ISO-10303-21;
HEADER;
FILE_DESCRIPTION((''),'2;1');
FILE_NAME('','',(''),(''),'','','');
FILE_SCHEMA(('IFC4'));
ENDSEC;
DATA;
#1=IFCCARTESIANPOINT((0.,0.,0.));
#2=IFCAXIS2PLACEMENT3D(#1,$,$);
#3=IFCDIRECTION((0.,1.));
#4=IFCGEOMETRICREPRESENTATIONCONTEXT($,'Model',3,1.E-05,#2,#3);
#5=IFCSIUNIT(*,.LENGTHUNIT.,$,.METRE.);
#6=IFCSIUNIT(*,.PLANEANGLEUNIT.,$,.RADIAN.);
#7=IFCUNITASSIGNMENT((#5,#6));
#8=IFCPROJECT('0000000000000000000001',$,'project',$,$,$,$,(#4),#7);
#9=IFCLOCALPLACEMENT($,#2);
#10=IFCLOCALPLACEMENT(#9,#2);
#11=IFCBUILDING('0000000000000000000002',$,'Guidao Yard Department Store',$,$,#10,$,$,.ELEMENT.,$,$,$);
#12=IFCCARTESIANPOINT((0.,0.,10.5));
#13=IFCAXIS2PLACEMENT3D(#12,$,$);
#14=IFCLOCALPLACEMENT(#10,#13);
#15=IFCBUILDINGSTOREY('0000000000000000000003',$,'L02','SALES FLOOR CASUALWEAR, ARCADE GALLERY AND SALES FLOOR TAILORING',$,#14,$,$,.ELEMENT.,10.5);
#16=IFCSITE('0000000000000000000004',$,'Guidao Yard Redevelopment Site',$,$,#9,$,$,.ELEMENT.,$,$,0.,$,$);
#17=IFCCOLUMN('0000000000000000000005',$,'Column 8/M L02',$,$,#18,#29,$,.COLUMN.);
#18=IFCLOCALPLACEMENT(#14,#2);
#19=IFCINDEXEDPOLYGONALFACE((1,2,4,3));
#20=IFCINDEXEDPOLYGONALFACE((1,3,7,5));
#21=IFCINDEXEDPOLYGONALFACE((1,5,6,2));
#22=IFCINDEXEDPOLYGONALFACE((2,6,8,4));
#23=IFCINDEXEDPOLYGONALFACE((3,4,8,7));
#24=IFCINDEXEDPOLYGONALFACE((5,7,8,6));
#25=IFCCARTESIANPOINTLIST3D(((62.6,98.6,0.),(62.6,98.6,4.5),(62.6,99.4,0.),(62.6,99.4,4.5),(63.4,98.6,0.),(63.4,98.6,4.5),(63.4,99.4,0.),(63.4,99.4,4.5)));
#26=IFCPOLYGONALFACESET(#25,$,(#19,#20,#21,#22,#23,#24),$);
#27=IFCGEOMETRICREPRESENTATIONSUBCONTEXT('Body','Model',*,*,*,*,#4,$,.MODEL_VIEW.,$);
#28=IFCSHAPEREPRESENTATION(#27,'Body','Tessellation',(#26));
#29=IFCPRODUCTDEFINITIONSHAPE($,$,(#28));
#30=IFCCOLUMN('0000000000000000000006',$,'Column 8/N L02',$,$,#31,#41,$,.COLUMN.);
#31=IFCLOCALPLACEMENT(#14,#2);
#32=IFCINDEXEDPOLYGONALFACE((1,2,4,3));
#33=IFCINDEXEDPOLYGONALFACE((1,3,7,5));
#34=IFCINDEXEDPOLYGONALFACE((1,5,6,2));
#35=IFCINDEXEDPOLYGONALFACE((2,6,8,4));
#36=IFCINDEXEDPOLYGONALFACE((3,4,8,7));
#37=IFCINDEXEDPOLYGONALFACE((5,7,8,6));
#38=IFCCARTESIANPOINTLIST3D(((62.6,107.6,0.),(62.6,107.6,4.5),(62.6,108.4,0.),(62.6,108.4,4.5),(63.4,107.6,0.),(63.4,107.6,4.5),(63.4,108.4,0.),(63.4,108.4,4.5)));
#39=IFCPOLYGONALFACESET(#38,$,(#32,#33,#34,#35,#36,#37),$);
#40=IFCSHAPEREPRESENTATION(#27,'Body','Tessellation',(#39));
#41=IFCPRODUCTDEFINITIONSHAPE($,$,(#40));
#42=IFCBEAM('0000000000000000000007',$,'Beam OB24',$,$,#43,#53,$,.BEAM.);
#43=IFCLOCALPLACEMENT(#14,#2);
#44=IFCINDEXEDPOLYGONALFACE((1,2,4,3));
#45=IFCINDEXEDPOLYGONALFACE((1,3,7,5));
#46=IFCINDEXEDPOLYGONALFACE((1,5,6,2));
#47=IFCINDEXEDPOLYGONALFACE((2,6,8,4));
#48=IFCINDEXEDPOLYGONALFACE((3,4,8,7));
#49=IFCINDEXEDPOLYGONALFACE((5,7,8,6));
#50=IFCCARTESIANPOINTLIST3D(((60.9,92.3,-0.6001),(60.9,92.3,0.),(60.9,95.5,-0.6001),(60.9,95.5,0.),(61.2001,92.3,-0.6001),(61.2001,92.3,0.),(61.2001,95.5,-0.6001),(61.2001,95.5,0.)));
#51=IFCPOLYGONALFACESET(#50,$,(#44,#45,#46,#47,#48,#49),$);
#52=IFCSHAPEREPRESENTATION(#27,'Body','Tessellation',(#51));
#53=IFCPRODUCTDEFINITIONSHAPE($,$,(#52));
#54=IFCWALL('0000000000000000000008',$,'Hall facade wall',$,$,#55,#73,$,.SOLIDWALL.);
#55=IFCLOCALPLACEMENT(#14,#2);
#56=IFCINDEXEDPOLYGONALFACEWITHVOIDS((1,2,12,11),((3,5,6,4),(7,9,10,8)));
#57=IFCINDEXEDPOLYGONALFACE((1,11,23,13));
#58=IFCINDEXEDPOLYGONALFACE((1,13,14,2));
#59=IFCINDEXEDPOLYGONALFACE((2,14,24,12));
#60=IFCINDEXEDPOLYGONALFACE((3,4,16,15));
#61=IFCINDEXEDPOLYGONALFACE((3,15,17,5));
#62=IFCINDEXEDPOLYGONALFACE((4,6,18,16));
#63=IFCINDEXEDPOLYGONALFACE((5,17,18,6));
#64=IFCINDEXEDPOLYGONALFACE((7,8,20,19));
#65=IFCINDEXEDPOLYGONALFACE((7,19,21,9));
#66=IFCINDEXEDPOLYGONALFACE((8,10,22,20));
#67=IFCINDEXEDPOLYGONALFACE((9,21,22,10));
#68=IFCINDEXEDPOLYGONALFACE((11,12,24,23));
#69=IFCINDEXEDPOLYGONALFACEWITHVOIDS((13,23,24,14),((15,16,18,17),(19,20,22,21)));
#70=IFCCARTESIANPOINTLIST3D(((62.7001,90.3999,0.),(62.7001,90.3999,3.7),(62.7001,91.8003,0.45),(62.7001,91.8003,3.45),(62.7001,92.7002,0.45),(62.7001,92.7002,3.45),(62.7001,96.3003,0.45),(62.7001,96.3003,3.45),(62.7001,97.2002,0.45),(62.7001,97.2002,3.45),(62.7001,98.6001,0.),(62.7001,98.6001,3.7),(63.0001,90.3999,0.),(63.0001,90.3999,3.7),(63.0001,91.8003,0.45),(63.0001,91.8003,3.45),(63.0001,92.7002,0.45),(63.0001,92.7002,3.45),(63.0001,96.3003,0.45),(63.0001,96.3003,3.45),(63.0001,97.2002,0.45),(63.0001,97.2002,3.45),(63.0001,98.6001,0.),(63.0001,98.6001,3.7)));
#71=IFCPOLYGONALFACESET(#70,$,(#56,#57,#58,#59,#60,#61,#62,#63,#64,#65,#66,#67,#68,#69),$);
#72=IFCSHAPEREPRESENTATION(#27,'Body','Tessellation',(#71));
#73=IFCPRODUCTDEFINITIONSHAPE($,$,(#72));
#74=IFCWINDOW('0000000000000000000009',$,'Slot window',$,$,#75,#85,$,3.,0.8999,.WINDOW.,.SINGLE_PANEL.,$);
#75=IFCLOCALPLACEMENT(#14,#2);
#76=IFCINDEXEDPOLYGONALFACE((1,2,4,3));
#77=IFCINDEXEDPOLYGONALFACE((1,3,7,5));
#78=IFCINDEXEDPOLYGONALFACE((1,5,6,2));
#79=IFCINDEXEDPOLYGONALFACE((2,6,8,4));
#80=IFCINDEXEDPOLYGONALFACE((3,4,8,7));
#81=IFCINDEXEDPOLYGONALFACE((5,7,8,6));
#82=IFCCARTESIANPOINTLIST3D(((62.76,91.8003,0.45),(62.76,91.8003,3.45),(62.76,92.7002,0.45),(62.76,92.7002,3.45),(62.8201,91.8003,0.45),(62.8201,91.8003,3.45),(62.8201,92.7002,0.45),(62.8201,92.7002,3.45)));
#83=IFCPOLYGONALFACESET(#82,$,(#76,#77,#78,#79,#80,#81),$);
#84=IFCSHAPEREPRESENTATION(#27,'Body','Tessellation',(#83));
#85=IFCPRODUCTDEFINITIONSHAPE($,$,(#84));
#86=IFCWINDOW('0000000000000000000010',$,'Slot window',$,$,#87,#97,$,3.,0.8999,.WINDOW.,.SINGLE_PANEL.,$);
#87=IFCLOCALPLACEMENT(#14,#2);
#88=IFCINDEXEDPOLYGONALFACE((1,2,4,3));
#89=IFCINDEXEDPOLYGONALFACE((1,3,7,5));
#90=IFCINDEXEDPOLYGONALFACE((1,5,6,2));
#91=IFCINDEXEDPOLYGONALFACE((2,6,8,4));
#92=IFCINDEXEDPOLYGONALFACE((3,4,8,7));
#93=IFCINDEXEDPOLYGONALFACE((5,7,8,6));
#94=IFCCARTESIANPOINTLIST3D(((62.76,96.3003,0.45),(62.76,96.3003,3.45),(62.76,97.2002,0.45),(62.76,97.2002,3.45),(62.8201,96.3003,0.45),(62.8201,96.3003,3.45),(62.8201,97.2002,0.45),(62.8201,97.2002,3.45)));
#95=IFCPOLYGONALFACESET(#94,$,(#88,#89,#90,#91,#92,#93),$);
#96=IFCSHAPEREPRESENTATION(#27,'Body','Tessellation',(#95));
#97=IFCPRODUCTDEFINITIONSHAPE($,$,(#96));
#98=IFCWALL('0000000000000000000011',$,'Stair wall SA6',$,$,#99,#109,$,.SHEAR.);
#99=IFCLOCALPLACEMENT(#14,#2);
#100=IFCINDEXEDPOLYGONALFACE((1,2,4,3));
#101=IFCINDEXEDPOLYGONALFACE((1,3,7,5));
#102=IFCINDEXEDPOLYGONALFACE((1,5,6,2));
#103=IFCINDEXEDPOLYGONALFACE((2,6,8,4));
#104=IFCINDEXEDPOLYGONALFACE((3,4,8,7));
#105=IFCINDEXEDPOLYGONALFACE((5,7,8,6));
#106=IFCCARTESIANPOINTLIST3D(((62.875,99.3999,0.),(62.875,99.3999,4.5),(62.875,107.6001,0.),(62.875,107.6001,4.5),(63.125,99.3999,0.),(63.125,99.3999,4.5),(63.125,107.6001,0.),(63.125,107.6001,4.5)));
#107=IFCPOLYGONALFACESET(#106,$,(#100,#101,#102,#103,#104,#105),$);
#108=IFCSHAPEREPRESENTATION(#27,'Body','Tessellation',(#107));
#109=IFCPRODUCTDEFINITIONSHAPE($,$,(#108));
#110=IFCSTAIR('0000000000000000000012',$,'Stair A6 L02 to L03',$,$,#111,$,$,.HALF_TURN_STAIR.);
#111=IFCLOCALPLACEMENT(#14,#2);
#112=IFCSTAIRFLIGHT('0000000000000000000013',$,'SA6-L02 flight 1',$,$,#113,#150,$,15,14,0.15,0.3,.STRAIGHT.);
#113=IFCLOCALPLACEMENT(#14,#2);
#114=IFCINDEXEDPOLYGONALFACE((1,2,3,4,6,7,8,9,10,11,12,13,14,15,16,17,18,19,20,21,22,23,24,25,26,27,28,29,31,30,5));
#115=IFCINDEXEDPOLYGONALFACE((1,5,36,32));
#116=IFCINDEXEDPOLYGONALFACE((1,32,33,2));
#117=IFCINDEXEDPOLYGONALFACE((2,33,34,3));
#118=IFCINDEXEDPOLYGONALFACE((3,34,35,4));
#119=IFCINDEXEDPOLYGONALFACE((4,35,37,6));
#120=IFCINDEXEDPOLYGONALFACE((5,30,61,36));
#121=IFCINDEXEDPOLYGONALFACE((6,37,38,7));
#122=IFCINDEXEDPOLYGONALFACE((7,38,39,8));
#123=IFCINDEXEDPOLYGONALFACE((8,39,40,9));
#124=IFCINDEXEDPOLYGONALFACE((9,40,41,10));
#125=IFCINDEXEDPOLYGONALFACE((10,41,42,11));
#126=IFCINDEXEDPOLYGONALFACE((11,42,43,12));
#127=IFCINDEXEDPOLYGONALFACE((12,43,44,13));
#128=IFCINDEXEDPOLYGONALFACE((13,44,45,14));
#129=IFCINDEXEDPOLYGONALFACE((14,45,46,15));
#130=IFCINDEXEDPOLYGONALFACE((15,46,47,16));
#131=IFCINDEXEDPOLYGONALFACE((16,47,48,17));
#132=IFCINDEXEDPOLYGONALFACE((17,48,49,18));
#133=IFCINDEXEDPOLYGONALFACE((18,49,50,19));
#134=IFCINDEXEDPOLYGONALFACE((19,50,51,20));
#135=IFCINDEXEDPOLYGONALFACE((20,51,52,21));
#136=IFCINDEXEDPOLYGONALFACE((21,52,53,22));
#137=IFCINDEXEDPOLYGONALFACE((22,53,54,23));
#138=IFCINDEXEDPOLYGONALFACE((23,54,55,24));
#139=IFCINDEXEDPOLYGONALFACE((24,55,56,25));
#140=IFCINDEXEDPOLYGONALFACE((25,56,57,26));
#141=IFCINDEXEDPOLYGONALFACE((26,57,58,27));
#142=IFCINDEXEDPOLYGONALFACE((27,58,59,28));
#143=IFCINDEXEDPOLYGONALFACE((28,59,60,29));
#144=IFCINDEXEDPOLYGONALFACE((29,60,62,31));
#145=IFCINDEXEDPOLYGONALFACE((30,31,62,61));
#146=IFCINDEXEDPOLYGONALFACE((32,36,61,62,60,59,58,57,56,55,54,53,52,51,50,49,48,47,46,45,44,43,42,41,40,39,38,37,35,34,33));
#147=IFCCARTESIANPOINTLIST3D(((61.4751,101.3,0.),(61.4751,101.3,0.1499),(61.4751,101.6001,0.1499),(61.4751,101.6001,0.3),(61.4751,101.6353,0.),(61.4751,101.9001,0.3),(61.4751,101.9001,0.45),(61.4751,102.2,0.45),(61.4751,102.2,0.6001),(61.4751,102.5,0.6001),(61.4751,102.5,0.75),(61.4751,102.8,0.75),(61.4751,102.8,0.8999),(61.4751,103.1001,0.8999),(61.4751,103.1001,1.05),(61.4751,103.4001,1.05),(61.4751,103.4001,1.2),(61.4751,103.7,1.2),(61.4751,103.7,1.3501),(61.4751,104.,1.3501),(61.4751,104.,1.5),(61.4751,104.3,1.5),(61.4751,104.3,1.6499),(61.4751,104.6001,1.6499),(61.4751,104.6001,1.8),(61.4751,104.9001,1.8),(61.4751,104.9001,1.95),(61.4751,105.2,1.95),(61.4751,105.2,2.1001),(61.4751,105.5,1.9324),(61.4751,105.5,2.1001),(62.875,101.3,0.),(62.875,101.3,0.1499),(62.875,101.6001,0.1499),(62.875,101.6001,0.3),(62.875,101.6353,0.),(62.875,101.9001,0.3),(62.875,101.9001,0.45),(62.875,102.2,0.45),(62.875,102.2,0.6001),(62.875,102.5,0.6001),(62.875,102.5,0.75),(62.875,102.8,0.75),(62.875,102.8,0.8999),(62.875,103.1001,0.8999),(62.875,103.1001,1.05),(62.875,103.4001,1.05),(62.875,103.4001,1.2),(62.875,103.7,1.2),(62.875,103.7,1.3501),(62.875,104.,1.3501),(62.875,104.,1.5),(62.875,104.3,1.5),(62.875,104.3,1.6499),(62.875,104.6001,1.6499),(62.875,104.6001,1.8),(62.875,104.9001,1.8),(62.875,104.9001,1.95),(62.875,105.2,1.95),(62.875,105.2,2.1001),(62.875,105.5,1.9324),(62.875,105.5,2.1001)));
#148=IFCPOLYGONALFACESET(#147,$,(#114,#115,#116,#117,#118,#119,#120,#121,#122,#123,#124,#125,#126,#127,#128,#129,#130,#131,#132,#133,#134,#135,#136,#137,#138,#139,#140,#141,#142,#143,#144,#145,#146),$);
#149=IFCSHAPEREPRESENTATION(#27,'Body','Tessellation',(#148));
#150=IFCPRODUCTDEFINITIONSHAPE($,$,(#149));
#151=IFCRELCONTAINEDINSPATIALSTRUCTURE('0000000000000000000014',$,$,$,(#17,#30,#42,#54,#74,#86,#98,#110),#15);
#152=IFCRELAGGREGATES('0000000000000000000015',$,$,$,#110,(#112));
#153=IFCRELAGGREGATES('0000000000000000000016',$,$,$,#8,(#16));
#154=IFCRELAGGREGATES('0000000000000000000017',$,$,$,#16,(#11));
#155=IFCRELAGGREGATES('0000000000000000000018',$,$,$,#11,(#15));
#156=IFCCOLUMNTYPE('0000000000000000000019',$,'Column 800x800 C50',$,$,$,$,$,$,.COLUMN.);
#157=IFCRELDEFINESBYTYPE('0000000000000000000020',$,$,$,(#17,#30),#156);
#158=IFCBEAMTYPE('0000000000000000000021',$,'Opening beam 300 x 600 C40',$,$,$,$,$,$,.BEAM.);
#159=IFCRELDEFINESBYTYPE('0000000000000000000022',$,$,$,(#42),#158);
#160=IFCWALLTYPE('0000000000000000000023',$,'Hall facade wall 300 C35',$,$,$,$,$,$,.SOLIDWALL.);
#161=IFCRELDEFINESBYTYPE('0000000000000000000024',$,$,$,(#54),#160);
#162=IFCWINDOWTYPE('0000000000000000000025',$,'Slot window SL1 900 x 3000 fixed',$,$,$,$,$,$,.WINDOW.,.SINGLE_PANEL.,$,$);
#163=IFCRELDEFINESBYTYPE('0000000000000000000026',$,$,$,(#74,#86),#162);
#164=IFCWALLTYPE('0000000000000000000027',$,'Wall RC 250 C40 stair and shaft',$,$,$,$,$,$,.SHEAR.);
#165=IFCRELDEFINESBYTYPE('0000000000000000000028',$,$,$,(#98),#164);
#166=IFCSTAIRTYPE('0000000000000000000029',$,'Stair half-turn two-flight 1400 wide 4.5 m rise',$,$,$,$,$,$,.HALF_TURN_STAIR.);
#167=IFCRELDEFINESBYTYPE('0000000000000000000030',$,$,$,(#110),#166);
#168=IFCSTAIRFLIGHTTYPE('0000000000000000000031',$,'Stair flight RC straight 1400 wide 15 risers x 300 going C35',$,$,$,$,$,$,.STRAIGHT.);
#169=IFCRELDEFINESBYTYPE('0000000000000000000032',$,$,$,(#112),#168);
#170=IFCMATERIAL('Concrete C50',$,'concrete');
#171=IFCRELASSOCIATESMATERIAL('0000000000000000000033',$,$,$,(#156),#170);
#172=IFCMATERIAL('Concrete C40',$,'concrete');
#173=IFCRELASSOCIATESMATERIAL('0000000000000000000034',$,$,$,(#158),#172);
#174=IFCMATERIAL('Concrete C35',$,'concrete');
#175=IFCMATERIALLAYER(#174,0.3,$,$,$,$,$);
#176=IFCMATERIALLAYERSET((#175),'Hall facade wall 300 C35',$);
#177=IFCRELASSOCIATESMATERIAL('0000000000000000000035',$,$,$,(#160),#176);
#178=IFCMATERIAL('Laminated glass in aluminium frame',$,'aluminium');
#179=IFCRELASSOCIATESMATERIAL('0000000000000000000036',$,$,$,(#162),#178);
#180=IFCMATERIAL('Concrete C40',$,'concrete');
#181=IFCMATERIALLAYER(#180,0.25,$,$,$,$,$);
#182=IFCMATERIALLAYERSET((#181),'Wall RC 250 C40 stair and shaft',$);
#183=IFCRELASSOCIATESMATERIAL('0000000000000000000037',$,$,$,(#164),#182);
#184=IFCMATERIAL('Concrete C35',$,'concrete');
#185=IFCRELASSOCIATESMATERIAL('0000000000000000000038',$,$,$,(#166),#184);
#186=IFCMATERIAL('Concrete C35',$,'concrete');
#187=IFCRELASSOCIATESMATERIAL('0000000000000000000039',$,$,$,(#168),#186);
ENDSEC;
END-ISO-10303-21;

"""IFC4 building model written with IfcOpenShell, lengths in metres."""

from ifc_helpers import new_model, si_unit, direction, frame, frame_2d, origin, origin_2d, place, context, subcontext, project, spatial, polyline, rectangle, outline, extrude, material, layer, layer_set, material_profile, profile_set, type_object, element, fill, aggregate, save


model = new_model("IFC4")

# Units and contexts
model_context = context("Model", 3, precision=1e-05, world=origin(), true_north=direction((0.0, 1.0)))
body_context = subcontext(model_context, "Body", "Model", "MODEL_VIEW")
ifc_project = project(units=[si_unit("LENGTHUNIT", "METRE"), si_unit("PLANEANGLEUNIT", "RADIAN")], contexts=[model_context])

# Site, building, storey
site_placement = place(None, origin())
site = spatial("IfcSite", under=ifc_project, at=site_placement, Name="Guidao Yard Redevelopment Site", CompositionType="ELEMENT", RefElevation=0.0)
building_placement = place(site_placement, origin())
building = spatial("IfcBuilding", under=site, at=building_placement, Name="Guidao Yard Department Store", CompositionType="ELEMENT")
storey_placement = place(building_placement, frame((0.0, 0.0, 10.5)))
storey = spatial("IfcBuildingStorey", under=building, at=storey_placement, Name="L02", Description="SALES FLOOR CASUALWEAR, ARCADE GALLERY AND SALES FLOOR TAILORING", CompositionType="ELEMENT", Elevation=10.5)

# Columns
ifc_material_1 = material(Name="Concrete C50", Category="concrete")
ifc_material_profile_1 = material_profile(ifc_material_1, rectangle(XDim=0.8, YDim=0.8, at=origin_2d()), Name="COL 800x800")
ifc_profile_set_1 = profile_set([ifc_material_profile_1], Name="Concrete C50")
column_type = type_object("IfcColumnType", Name="Column 800x800 C50", PredefinedType="COLUMN", material=ifc_profile_set_1)
for number, where, z_axis, x_axis, name in (
    (1, (63.0, 99.0, 0.0), (0.0, 0.0, 1.0), (1.0, 0.0, 0.0), "Column 8/M L02"),
    (2, (63.0, 108.0, 0.0), (0.0, 0.0, 1.0), (1.0, 0.0, 0.0), "Column 8/N L02"),
):
    element("IfcColumn", number, at=place(storey_placement, frame(where, z_axis=z_axis, x_axis=x_axis)), inside=storey, type_object=column_type, Name=name, PredefinedType="COLUMN", context=body_context, shape_type="SweptSolid", body=[
        extrude(rectangle(XDim=0.8, YDim=0.8, at=origin_2d()), origin(), (0.0, 0.0, 1.0), 4.5),
    ])

# Beam
ifc_material_2 = material(Name="Concrete C40", Category="concrete")
ifc_material_profile_2 = material_profile(ifc_material_2, rectangle(XDim=0.3, YDim=0.6001, at=origin_2d()), Name="Opening beam 300 x 600 C40")
ifc_profile_set_2 = profile_set([ifc_material_profile_2], Name="Concrete C40")
beam_type = type_object("IfcBeamType", Name="Opening beam 300 x 600 C40", PredefinedType="BEAM", material=ifc_profile_set_2)
beam_placement = place(storey_placement, frame((61.05, 92.3, -0.3), z_axis=(0.0, 1.0, 0.0), x_axis=(-1.0, 0.0, 0.0)))
element("IfcBeam", 3, at=beam_placement, inside=storey, type_object=beam_type, Name="Beam OB24", PredefinedType="BEAM", context=body_context, shape_type="SweptSolid", body=[
    extrude(rectangle(XDim=0.3, YDim=0.6001, at=origin_2d()), origin(), (0.0, 0.0, 1.0), 3.2),
])

# Wall, openings, windows
ifc_material_3 = material(Name="Concrete C35", Category="concrete")
ifc_layer_1 = layer(ifc_material_3, 0.3)
ifc_layer_set_1 = layer_set([ifc_layer_1], Name="Hall facade wall 300 C35")
wall_type_1 = type_object("IfcWallType", Name="Hall facade wall 300 C35", PredefinedType="SOLIDWALL", material=ifc_layer_set_1)
wall_1_placement = place(storey_placement, frame((62.8501, 98.6001, 0.0), z_axis=(0.0, 0.0, 1.0), x_axis=(0.0, -1.0, 0.0)))
wall_1 = element("IfcWall", 4, at=wall_1_placement, inside=storey, type_object=wall_type_1, Name="Hall facade wall", PredefinedType="SOLIDWALL", context=body_context, shape_type="SweptSolid", body=[
    extrude(rectangle(XDim=8.2002, YDim=0.3, at=frame_2d((4.1001, 0.0))), origin(), (0.0, 0.0, 1.0), 3.7),
])
opening_1_placement = place(wall_1_placement, frame((5.8999, 0.0, 0.45)))
opening_1 = element("IfcOpeningElement", 5, at=opening_1_placement, cuts=wall_1, PredefinedType="OPENING", context=body_context, shape_type="SweptSolid", body=[
    extrude(rectangle(XDim=0.8999, YDim=3.0, at=frame_2d((0.45, 1.5))), frame((0.0, 0.1599, 0.0), z_axis=(0.0, -1.0, 0.0), x_axis=(1.0, 0.0, 0.0)), (0.0, 0.0, 1.0), 0.3201),
])
opening_2_placement = place(wall_1_placement, frame((1.3999, 0.0, 0.45)))
opening_2 = element("IfcOpeningElement", 6, at=opening_2_placement, cuts=wall_1, PredefinedType="OPENING", context=body_context, shape_type="SweptSolid", body=[
    extrude(rectangle(XDim=0.8999, YDim=3.0, at=frame_2d((0.45, 1.5))), frame((0.0, 0.1599, 0.0), z_axis=(0.0, -1.0, 0.0), x_axis=(1.0, 0.0, 0.0)), (0.0, 0.0, 1.0), 0.3201),
])
ifc_material_4 = material(Name="Laminated glass in aluminium frame", Category="aluminium")
window_type = type_object("IfcWindowType", Name="Slot window SL1 900 x 3000 fixed", PartitioningType="SINGLE_PANEL", PredefinedType="WINDOW", material=ifc_material_4)
window_1_placement = place(opening_1_placement, origin())
window_1 = element("IfcWindow", 7, at=window_1_placement, inside=storey, type_object=window_type, Name="Slot window", OverallHeight=3.0, OverallWidth=0.8999, PartitioningType="SINGLE_PANEL", PredefinedType="WINDOW", context=body_context, shape_type="SweptSolid", body=[
    extrude(rectangle(XDim=0.8999, YDim=3.0, at=frame_2d((0.45, 1.5))), frame((0.0, -0.03, 0.0), z_axis=(0.0, -1.0, 0.0), x_axis=(1.0, 0.0, 0.0)), (0.0, 0.0, 1.0), 0.0601),
])
fill(opening_1, window_1)
window_2_placement = place(opening_2_placement, origin())
window_2 = element("IfcWindow", 8, at=window_2_placement, inside=storey, type_object=window_type, Name="Slot window", OverallHeight=3.0, OverallWidth=0.8999, PartitioningType="SINGLE_PANEL", PredefinedType="WINDOW", context=body_context, shape_type="SweptSolid", body=[
    extrude(rectangle(XDim=0.8999, YDim=3.0, at=frame_2d((0.45, 1.5))), frame((0.0, -0.03, 0.0), z_axis=(0.0, -1.0, 0.0), x_axis=(1.0, 0.0, 0.0)), (0.0, 0.0, 1.0), 0.0601),
])
fill(opening_2, window_2)

# Wall
ifc_material_5 = material(Name="Concrete C40", Category="concrete")
ifc_layer_2 = layer(ifc_material_5, 0.25)
ifc_layer_set_2 = layer_set([ifc_layer_2], Name="Wall RC 250 C40 stair and shaft")
wall_type_2 = type_object("IfcWallType", Name="Wall RC 250 C40 stair and shaft", PredefinedType="SHEAR", material=ifc_layer_set_2)
wall_2_placement = place(storey_placement, frame((63.0, 99.3999, 0.0), z_axis=(0.0, 0.0, 1.0), x_axis=(0.0, 1.0, 0.0)))
element("IfcWall", 9, at=wall_2_placement, inside=storey, type_object=wall_type_2, Name="Stair wall SA6", PredefinedType="SHEAR", context=body_context, shape_type="SweptSolid", body=[
    extrude(rectangle(XDim=8.2002, YDim=0.25, at=frame_2d((4.1001, 0.0))), origin(), (0.0, 0.0, 1.0), 4.5),
])

# Stair, stair flight
ifc_material_6 = material(Name="Concrete C35", Category="concrete")
stair_type = type_object("IfcStairType", Name="Stair half-turn two-flight 1400 wide 4.5 m rise", PredefinedType="HALF_TURN_STAIR", material=ifc_material_6)
stair_placement = place(storey_placement, origin())
stair = element("IfcStair", 10, at=stair_placement, inside=storey, type_object=stair_type, Name="Stair A6 L02 to L03", PredefinedType="HALF_TURN_STAIR")
ifc_material_7 = material(Name="Concrete C35", Category="concrete")
stair_flight_type = type_object("IfcStairFlightType", Name="Stair flight RC straight 1400 wide 15 risers x 300 going C35", PredefinedType="STRAIGHT", material=ifc_material_7)
stair_flight_placement = place(storey_placement, frame((62.175, 101.3, 0.0), z_axis=(0.0, 0.0, 1.0), x_axis=(0.0, 1.0, 0.0)))
stair_flight = element("IfcStairFlight", 11, at=stair_flight_placement, type_object=stair_flight_type, Name="SA6-L02 flight 1", NumberOfRisers=15, NumberOfTreads=14, PredefinedType="STRAIGHT", RiserHeight=0.15, TreadLength=0.3, context=body_context, shape_type="SweptSolid", body=[
    extrude(outline(polyline([(0.0, 0.0), (0.0, 0.1499), (0.3, 0.1499), (0.3, 0.3), (0.6001, 0.3), (0.6001, 0.45), (0.8999, 0.45), (0.8999, 0.6001), (1.2, 0.6001), (1.2, 0.75), (1.5, 0.75), (1.5, 0.8999), (1.8, 0.8999), (1.8, 1.05), (2.1001, 1.05), (2.1001, 1.2), (2.3999, 1.2), (2.3999, 1.3501), (2.7, 1.3501), (2.7, 1.5), (3.0, 1.5), (3.0, 1.6499), (3.3, 1.6499), (3.3, 1.8), (3.6001, 1.8), (3.6001, 1.95), (3.8999, 1.95), (3.8999, 2.1001), (4.2, 2.1001), (4.2, 2.25), (4.2, 1.9324), (0.3352, 0.0), (0.0, 0.0)])), frame((0.0, 0.7, 0.0), z_axis=(0.0, -1.0, 0.0), x_axis=(1.0, 0.0, 0.0)), (0.0, 0.0, 1.0), 1.3999),
])
aggregate(stair, [stair_flight])

save(model, "model.ifc")
